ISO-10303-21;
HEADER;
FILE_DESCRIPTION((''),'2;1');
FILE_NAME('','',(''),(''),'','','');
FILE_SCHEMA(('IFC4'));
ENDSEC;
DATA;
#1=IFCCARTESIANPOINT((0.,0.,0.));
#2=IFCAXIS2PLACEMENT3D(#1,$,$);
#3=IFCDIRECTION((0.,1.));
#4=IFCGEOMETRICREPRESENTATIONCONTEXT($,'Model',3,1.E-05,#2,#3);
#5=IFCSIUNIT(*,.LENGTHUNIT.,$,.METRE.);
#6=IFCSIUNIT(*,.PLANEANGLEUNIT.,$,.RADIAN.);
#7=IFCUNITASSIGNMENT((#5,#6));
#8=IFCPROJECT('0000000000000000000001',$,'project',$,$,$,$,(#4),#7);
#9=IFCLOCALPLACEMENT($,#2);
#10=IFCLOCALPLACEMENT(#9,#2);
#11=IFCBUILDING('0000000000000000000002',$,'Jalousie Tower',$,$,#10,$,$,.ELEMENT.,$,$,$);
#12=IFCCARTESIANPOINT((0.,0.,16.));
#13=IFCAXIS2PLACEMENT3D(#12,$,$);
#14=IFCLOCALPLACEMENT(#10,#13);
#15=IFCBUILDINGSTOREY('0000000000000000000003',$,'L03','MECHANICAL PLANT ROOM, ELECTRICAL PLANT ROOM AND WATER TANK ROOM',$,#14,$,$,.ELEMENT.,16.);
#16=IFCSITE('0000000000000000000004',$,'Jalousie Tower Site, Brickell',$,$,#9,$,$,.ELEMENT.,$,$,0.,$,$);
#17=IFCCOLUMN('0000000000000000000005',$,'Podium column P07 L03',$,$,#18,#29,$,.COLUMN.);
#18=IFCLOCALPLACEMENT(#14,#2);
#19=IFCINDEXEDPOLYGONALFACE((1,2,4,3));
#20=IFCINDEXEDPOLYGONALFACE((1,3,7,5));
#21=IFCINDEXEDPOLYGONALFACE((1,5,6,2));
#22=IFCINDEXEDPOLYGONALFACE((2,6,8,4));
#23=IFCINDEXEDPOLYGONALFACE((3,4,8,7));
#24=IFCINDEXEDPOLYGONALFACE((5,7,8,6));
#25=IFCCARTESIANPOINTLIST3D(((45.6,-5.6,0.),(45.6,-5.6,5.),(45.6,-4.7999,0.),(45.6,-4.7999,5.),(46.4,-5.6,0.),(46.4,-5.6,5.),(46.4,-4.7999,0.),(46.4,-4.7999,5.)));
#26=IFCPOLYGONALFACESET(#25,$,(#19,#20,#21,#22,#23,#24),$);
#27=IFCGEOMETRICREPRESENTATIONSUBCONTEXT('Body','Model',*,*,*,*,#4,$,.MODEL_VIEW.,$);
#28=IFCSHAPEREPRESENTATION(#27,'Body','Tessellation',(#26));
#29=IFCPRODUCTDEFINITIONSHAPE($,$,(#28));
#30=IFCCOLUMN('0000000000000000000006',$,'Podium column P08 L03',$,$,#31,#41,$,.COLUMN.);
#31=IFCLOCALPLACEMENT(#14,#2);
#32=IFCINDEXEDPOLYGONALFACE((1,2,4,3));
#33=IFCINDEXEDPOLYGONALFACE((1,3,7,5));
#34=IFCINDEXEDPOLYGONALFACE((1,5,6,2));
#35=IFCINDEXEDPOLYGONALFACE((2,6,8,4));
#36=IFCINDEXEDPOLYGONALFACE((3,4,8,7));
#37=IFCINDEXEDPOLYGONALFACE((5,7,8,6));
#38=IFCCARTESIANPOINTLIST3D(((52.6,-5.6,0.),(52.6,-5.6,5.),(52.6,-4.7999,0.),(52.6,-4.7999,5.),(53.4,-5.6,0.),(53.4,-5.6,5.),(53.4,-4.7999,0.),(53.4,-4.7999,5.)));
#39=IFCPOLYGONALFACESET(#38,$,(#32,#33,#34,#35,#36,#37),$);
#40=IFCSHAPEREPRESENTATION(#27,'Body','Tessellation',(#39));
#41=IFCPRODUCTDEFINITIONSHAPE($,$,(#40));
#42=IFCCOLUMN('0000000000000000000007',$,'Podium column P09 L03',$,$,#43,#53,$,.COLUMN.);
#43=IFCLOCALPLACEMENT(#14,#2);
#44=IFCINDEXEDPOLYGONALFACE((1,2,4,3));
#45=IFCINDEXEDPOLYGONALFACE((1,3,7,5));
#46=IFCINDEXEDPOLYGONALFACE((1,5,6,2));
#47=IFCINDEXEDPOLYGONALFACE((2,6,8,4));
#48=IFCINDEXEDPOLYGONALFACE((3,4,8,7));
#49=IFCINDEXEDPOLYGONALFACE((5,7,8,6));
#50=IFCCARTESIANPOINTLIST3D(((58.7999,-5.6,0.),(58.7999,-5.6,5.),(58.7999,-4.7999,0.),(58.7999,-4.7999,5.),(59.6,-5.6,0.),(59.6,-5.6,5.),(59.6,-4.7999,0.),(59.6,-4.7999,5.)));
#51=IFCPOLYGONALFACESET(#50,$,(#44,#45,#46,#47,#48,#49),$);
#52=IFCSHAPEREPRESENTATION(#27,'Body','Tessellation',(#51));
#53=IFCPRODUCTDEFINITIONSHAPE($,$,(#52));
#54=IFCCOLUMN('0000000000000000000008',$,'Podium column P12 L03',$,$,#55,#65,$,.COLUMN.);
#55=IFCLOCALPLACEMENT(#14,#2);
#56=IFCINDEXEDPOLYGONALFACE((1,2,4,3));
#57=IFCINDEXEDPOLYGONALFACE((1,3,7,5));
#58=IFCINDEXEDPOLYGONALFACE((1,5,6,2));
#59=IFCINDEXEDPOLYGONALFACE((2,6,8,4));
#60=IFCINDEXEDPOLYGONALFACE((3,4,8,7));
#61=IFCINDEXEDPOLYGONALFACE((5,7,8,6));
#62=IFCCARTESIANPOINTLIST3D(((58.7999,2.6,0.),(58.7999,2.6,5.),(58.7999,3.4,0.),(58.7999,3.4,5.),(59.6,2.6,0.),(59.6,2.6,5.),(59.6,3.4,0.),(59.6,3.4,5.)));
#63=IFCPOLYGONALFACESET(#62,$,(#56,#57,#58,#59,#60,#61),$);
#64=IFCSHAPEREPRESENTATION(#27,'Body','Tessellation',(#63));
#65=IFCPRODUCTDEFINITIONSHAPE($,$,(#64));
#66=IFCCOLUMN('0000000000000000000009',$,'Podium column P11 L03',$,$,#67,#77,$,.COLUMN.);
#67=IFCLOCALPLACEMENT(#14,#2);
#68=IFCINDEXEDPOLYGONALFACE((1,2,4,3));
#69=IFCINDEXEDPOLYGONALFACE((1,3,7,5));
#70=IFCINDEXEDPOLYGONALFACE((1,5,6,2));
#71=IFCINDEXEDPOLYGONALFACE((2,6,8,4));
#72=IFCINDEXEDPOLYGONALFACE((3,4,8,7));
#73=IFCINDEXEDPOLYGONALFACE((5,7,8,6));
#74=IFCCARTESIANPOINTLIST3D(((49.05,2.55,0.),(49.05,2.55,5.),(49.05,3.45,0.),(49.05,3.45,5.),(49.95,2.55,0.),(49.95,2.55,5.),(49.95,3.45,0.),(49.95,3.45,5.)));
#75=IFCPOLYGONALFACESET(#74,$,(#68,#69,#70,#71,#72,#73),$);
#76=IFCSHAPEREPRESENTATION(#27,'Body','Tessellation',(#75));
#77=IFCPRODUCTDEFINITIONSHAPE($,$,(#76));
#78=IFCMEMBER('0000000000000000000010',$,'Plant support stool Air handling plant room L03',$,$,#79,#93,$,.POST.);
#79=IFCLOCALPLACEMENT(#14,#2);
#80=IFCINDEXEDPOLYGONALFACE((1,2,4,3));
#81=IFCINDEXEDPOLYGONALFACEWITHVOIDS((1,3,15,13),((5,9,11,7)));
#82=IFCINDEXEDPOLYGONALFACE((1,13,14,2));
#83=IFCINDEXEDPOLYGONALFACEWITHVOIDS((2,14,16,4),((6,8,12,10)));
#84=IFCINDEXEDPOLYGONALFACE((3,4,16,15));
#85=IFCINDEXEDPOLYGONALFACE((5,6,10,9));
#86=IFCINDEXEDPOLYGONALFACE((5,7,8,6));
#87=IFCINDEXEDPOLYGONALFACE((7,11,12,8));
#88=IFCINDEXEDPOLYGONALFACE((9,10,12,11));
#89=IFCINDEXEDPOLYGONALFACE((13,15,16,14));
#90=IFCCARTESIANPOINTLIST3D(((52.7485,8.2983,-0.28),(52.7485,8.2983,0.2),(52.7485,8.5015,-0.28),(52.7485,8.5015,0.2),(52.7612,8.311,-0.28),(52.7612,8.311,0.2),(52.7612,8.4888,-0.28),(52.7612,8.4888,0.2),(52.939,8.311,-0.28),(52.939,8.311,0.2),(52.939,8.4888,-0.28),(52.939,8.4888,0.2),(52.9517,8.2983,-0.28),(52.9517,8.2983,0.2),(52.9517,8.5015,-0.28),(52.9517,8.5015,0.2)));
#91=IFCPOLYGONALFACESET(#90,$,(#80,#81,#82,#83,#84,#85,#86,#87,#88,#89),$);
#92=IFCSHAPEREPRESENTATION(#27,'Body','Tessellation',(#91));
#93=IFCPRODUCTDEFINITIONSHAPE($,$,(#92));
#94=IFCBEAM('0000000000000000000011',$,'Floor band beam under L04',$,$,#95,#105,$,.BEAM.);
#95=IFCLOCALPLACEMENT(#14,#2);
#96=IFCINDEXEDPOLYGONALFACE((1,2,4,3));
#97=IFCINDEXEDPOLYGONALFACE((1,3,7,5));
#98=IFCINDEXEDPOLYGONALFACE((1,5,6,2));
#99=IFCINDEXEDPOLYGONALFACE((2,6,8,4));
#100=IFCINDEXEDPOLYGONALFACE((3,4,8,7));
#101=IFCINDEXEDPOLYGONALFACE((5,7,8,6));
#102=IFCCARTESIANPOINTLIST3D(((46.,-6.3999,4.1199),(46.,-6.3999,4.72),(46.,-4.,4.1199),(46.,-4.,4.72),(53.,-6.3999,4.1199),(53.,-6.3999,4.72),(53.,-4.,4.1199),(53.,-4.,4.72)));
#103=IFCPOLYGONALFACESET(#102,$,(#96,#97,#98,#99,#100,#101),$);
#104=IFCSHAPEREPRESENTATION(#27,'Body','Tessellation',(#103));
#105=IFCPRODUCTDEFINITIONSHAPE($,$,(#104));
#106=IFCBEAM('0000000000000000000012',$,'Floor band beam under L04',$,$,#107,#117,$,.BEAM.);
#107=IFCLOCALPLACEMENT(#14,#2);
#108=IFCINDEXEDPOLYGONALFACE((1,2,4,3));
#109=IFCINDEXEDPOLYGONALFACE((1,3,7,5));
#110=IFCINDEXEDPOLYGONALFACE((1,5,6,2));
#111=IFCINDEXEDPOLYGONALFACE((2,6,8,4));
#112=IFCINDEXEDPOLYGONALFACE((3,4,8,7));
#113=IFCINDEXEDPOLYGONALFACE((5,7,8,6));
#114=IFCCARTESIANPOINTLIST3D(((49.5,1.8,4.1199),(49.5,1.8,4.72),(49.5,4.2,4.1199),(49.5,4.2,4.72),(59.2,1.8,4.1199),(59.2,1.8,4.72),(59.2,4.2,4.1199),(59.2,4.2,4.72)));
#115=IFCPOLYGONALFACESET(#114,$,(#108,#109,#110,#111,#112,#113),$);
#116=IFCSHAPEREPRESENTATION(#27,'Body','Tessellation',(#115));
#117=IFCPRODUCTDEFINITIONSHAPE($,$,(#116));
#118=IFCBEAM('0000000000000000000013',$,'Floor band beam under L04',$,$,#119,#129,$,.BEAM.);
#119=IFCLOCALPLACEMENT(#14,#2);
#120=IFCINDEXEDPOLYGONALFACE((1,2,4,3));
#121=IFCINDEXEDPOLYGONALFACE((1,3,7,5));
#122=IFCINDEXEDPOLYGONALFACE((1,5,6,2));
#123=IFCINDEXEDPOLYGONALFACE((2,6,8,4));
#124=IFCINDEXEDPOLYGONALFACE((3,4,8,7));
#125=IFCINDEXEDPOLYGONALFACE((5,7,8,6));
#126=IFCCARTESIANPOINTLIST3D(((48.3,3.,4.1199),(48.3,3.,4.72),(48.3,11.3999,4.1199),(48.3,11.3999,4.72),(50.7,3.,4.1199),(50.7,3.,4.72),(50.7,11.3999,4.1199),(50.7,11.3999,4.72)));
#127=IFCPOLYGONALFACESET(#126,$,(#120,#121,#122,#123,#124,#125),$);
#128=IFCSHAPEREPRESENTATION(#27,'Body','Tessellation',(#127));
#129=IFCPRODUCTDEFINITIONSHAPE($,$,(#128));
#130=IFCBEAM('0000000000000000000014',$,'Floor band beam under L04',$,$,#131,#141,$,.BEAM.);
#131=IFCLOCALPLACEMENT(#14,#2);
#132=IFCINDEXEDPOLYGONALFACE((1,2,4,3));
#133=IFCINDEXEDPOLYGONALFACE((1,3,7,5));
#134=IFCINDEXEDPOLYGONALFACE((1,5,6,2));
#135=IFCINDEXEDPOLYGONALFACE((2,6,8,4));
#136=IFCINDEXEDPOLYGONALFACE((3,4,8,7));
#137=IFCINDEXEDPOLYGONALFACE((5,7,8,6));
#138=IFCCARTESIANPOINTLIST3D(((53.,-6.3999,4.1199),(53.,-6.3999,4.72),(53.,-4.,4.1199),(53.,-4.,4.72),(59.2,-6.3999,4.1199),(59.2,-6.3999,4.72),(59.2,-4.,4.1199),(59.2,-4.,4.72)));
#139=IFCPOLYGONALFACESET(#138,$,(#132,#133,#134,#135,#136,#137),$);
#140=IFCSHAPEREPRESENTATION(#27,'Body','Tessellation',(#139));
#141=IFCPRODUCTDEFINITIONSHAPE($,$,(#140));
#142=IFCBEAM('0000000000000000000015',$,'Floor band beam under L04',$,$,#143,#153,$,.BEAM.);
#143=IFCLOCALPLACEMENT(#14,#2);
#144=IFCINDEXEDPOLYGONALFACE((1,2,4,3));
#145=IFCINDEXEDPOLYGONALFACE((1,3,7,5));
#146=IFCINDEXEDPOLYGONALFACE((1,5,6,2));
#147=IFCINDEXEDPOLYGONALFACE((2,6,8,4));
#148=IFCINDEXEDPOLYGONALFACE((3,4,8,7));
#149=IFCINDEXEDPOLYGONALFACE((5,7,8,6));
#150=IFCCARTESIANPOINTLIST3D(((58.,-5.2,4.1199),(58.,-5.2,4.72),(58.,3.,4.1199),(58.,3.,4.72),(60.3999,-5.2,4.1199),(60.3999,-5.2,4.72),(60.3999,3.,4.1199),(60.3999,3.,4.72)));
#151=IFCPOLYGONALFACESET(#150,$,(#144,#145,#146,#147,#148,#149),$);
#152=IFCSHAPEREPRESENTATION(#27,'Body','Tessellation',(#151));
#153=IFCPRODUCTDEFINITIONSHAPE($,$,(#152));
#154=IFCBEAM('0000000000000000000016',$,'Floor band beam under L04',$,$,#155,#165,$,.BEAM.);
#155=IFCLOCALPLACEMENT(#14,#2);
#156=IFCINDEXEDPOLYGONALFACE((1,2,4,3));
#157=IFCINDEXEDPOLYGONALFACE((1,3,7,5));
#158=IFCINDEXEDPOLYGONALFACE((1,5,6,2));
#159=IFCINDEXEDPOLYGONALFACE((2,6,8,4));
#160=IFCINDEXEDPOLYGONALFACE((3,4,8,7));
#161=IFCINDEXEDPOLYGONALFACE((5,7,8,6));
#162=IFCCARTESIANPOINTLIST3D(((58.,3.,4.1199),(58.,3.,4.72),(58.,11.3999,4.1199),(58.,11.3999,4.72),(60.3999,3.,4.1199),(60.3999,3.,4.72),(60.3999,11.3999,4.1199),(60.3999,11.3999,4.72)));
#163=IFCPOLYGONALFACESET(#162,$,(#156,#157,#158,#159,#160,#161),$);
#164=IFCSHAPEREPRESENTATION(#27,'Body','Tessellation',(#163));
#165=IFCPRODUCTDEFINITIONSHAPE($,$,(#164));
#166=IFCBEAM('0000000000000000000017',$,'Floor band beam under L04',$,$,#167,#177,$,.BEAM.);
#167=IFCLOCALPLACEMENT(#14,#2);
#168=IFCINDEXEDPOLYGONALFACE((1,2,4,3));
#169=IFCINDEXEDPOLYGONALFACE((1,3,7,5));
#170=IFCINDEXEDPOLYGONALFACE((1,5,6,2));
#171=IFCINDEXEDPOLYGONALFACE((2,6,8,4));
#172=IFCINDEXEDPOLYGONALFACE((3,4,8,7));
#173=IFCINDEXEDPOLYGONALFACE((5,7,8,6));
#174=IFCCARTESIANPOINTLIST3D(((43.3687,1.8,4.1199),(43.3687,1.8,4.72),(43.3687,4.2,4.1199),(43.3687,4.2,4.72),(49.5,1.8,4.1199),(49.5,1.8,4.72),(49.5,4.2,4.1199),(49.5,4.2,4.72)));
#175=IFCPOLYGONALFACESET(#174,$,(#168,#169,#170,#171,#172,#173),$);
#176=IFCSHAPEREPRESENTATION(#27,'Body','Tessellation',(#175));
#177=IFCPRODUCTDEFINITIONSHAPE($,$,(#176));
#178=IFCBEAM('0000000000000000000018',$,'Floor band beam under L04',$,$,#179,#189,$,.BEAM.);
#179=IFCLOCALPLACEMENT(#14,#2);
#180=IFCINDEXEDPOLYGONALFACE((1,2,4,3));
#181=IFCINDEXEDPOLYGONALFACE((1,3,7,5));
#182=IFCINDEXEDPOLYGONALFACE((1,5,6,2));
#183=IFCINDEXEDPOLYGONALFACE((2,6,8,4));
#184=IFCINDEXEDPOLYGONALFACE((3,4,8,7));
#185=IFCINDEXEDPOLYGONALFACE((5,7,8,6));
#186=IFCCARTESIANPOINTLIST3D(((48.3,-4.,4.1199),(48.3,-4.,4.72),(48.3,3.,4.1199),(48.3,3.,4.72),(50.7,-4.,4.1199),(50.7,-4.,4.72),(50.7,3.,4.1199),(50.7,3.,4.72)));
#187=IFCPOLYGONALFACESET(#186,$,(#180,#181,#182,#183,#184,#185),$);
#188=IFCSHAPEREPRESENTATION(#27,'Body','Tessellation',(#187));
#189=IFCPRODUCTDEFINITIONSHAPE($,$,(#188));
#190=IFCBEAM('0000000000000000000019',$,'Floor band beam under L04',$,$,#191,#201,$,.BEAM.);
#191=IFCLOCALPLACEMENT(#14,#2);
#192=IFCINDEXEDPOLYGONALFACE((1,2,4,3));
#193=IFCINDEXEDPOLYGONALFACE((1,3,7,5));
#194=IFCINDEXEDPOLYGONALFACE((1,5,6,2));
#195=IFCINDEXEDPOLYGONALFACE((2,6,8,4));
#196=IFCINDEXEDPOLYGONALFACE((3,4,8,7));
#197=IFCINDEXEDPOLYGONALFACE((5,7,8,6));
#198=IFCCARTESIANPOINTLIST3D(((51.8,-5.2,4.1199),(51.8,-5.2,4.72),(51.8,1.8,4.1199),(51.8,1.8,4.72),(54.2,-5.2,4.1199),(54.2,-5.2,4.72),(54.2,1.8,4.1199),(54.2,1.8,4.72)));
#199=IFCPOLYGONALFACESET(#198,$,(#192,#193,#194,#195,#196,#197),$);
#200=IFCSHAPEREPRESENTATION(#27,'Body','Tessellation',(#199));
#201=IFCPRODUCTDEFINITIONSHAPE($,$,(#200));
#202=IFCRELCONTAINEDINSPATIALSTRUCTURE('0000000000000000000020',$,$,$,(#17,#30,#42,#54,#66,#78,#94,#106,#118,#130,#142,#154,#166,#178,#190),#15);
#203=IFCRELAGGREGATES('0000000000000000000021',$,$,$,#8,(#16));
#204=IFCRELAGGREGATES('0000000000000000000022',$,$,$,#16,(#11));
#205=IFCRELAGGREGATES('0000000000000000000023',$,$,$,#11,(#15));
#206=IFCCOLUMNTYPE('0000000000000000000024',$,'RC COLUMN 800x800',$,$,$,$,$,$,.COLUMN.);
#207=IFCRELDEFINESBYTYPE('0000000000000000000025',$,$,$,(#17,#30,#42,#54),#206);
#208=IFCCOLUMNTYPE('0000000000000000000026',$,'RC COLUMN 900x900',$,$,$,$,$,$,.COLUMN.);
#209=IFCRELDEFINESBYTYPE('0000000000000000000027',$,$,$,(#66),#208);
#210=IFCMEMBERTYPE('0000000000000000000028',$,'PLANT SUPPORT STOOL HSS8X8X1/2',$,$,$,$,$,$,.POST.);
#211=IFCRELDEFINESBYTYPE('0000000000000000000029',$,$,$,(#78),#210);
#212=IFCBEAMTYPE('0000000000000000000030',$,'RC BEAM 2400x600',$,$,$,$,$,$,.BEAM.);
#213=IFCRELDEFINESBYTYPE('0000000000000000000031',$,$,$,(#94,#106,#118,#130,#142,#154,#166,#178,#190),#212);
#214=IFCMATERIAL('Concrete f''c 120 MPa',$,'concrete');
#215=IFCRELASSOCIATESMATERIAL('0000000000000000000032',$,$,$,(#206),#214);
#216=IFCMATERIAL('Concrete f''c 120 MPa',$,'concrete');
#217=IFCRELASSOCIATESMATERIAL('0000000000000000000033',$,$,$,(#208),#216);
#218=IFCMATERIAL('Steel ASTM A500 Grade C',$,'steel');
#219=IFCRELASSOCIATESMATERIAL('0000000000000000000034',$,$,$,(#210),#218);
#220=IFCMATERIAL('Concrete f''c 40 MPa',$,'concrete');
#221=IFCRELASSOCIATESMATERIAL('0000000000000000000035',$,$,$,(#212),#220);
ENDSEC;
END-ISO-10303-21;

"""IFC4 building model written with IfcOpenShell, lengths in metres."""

from ifc_helpers import new_model, si_unit, direction, frame, origin, origin_2d, place, context, subcontext, project, spatial, rectangle, hollow_rectangle, extrude, material, material_profile, profile_set, type_object, element, save


model = new_model("IFC4")

# Units and contexts
model_context = context("Model", 3, precision=1e-05, world=origin(), true_north=direction((0.0, 1.0)))
body_context = subcontext(model_context, "Body", "Model", "MODEL_VIEW")
ifc_project = project(units=[si_unit("LENGTHUNIT", "METRE"), si_unit("PLANEANGLEUNIT", "RADIAN")], contexts=[model_context])

# Site, building, storey
site_placement = place(None, origin())
site = spatial("IfcSite", under=ifc_project, at=site_placement, Name="Jalousie Tower Site, Brickell", CompositionType="ELEMENT", RefElevation=0.0)
building_placement = place(site_placement, origin())
building = spatial("IfcBuilding", under=site, at=building_placement, Name="Jalousie Tower", CompositionType="ELEMENT")
storey_placement = place(building_placement, frame((0.0, 0.0, 16.0)))
storey = spatial("IfcBuildingStorey", under=building, at=storey_placement, Name="L03", Description="MECHANICAL PLANT ROOM, ELECTRICAL PLANT ROOM AND WATER TANK ROOM", CompositionType="ELEMENT", Elevation=16.0)

# Columns
ifc_material_1 = material(Name="Concrete f'c 120 MPa", Category="concrete")
ifc_material_profile_1 = material_profile(ifc_material_1, rectangle(XDim=0.8, YDim=0.8, at=origin_2d()), Name="RC 800x800")
ifc_profile_set_1 = profile_set([ifc_material_profile_1], Name="Concrete f'c 120 MPa")
column_type_1 = type_object("IfcColumnType", Name="RC COLUMN 800x800", PredefinedType="COLUMN", material=ifc_profile_set_1)
for number, where, z_axis, x_axis, name in (
    (1, (46.0, -5.2, 0.0), (0.0, 0.0, 1.0), (1.0, 0.0, 0.0), "Podium column P07 L03"),
    (2, (53.0, -5.2, 0.0), (0.0, 0.0, 1.0), (1.0, 0.0, 0.0), "Podium column P08 L03"),
    (3, (59.2, -5.2, 0.0), (0.0, 0.0, 1.0), (1.0, 0.0, 0.0), "Podium column P09 L03"),
    (4, (59.2, 3.0, 0.0), (0.0, 0.0, 1.0), (1.0, 0.0, 0.0), "Podium column P12 L03"),
):
    element("IfcColumn", number, at=place(storey_placement, frame(where, z_axis=z_axis, x_axis=x_axis)), inside=storey, type_object=column_type_1, Name=name, PredefinedType="COLUMN", context=body_context, shape_type="SweptSolid", body=[
        extrude(rectangle(XDim=0.8, YDim=0.8, at=origin_2d()), origin(), (0.0, 0.0, 1.0), 5.0),
    ])
ifc_material_2 = material(Name="Concrete f'c 120 MPa", Category="concrete")
ifc_material_profile_2 = material_profile(ifc_material_2, rectangle(XDim=0.8999, YDim=0.8999, at=origin_2d()), Name="RC 900x900")
ifc_profile_set_2 = profile_set([ifc_material_profile_2], Name="Concrete f'c 120 MPa")
column_type_2 = type_object("IfcColumnType", Name="RC COLUMN 900x900", PredefinedType="COLUMN", material=ifc_profile_set_2)
column_placement = place(storey_placement, frame((49.5, 3.0, 0.0), z_axis=(0.0, 0.0, 1.0), x_axis=(1.0, 0.0, 0.0)))
element("IfcColumn", 5, at=column_placement, inside=storey, type_object=column_type_2, Name="Podium column P11 L03", PredefinedType="COLUMN", context=body_context, shape_type="SweptSolid", body=[
    extrude(rectangle(XDim=0.8999, YDim=0.8999, at=origin_2d()), origin(), (0.0, 0.0, 1.0), 5.0),
])

# Member
ifc_material_3 = material(Name="Steel ASTM A500 Grade C", Category="steel")
ifc_material_profile_3 = material_profile(ifc_material_3, hollow_rectangle(XDim=0.2031, YDim=0.2031, WallThickness=0.0127, at=origin_2d()), Name="HSS8X8X1/2")
ifc_profile_set_3 = profile_set([ifc_material_profile_3], Name="Steel ASTM A500 Grade C")
member_type = type_object("IfcMemberType", Name="PLANT SUPPORT STOOL HSS8X8X1/2", PredefinedType="POST", material=ifc_profile_set_3)
member_placement = place(storey_placement, frame((52.8501, 8.3999, -0.28), z_axis=(0.0, 0.0, 1.0), x_axis=(1.0, 0.0, 0.0)))
element("IfcMember", 6, at=member_placement, inside=storey, type_object=member_type, Name="Plant support stool Air handling plant room L03", PredefinedType="POST", context=body_context, shape_type="SweptSolid", body=[
    extrude(hollow_rectangle(XDim=0.2031, YDim=0.2031, WallThickness=0.0127, at=origin_2d()), origin(), (0.0, 0.0, 1.0), 0.48),
])

# Beams
ifc_material_4 = material(Name="Concrete f'c 40 MPa", Category="concrete")
ifc_material_profile_4 = material_profile(ifc_material_4, rectangle(XDim=2.3999, YDim=0.6001, at=origin_2d()), Name="RC 2400x600")
ifc_profile_set_4 = profile_set([ifc_material_profile_4], Name="Concrete f'c 40 MPa")
beam_type = type_object("IfcBeamType", Name="RC BEAM 2400x600", PredefinedType="BEAM", material=ifc_profile_set_4)
beam_1_placement = place(storey_placement, frame((46.0, -5.2, 4.4199), z_axis=(1.0, 0.0, 0.0), x_axis=(0.0, 1.0, 0.0)))
element("IfcBeam", 7, at=beam_1_placement, inside=storey, type_object=beam_type, Name="Floor band beam under L04", PredefinedType="BEAM", context=body_context, shape_type="SweptSolid", body=[
    extrude(rectangle(XDim=2.3999, YDim=0.6001, at=origin_2d()), origin(), (0.0, 0.0, 1.0), 7.0),
])
beam_2_placement = place(storey_placement, frame((49.5, 3.0, 4.4199), z_axis=(1.0, 0.0, 0.0), x_axis=(0.0, 1.0, 0.0)))
element("IfcBeam", 8, at=beam_2_placement, inside=storey, type_object=beam_type, Name="Floor band beam under L04", PredefinedType="BEAM", context=body_context, shape_type="SweptSolid", body=[
    extrude(rectangle(XDim=2.3999, YDim=0.6001, at=origin_2d()), origin(), (0.0, 0.0, 1.0), 9.7),
])
beam_3_placement = place(storey_placement, frame((49.5, 3.0, 4.4199), z_axis=(0.0, 1.0, 0.0), x_axis=(-1.0, 0.0, 0.0)))
element("IfcBeam", 9, at=beam_3_placement, inside=storey, type_object=beam_type, Name="Floor band beam under L04", PredefinedType="BEAM", context=body_context, shape_type="SweptSolid", body=[
    extrude(rectangle(XDim=2.3999, YDim=0.6001, at=origin_2d()), origin(), (0.0, 0.0, 1.0), 8.3999),
])
beam_4_placement = place(storey_placement, frame((53.0, -5.2, 4.4199), z_axis=(1.0, 0.0, 0.0), x_axis=(0.0, 1.0, 0.0)))
element("IfcBeam", 10, at=beam_4_placement, inside=storey, type_object=beam_type, Name="Floor band beam under L04", PredefinedType="BEAM", context=body_context, shape_type="SweptSolid", body=[
    extrude(rectangle(XDim=2.3999, YDim=0.6001, at=origin_2d()), origin(), (0.0, 0.0, 1.0), 6.2),
])
beam_5_placement = place(storey_placement, frame((59.2, -5.2, 4.4199), z_axis=(0.0, 1.0, 0.0), x_axis=(-1.0, 0.0, 0.0)))
element("IfcBeam", 11, at=beam_5_placement, inside=storey, type_object=beam_type, Name="Floor band beam under L04", PredefinedType="BEAM", context=body_context, shape_type="SweptSolid", body=[
    extrude(rectangle(XDim=2.3999, YDim=0.6001, at=origin_2d()), origin(), (0.0, 0.0, 1.0), 8.2),
])
beam_6_placement = place(storey_placement, frame((59.2, 3.0, 4.4199), z_axis=(0.0, 1.0, 0.0), x_axis=(-1.0, 0.0, 0.0)))
element("IfcBeam", 12, at=beam_6_placement, inside=storey, type_object=beam_type, Name="Floor band beam under L04", PredefinedType="BEAM", context=body_context, shape_type="SweptSolid", body=[
    extrude(rectangle(XDim=2.3999, YDim=0.6001, at=origin_2d()), origin(), (0.0, 0.0, 1.0), 8.3999),
])
beam_7_placement = place(storey_placement, frame((49.5, 3.0, 4.4199), z_axis=(-1.0, 0.0, 0.0), x_axis=(0.0, -1.0, 0.0)))
element("IfcBeam", 13, at=beam_7_placement, inside=storey, type_object=beam_type, Name="Floor band beam under L04", PredefinedType="BEAM", context=body_context, shape_type="SweptSolid", body=[
    extrude(rectangle(XDim=2.3999, YDim=0.6001, at=origin_2d()), origin(), (0.0, 0.0, 1.0), 6.1313),
])
for number, where, z_axis, x_axis, name in (
    (14, (49.5, 3.0, 4.4199), (0.0, -1.0, 0.0), (1.0, 0.0, 0.0), "Floor band beam under L04"),
    (15, (53.0, -5.2, 4.4199), (0.0, 1.0, 0.0), (-1.0, 0.0, 0.0), "Floor band beam under L04"),
):
    element("IfcBeam", number, at=place(storey_placement, frame(where, z_axis=z_axis, x_axis=x_axis)), inside=storey, type_object=beam_type, Name=name, PredefinedType="BEAM", context=body_context, shape_type="SweptSolid", body=[
        extrude(rectangle(XDim=2.3999, YDim=0.6001, at=origin_2d()), origin(), (0.0, 0.0, 1.0), 7.0),
    ])

save(model, "model.ifc")
